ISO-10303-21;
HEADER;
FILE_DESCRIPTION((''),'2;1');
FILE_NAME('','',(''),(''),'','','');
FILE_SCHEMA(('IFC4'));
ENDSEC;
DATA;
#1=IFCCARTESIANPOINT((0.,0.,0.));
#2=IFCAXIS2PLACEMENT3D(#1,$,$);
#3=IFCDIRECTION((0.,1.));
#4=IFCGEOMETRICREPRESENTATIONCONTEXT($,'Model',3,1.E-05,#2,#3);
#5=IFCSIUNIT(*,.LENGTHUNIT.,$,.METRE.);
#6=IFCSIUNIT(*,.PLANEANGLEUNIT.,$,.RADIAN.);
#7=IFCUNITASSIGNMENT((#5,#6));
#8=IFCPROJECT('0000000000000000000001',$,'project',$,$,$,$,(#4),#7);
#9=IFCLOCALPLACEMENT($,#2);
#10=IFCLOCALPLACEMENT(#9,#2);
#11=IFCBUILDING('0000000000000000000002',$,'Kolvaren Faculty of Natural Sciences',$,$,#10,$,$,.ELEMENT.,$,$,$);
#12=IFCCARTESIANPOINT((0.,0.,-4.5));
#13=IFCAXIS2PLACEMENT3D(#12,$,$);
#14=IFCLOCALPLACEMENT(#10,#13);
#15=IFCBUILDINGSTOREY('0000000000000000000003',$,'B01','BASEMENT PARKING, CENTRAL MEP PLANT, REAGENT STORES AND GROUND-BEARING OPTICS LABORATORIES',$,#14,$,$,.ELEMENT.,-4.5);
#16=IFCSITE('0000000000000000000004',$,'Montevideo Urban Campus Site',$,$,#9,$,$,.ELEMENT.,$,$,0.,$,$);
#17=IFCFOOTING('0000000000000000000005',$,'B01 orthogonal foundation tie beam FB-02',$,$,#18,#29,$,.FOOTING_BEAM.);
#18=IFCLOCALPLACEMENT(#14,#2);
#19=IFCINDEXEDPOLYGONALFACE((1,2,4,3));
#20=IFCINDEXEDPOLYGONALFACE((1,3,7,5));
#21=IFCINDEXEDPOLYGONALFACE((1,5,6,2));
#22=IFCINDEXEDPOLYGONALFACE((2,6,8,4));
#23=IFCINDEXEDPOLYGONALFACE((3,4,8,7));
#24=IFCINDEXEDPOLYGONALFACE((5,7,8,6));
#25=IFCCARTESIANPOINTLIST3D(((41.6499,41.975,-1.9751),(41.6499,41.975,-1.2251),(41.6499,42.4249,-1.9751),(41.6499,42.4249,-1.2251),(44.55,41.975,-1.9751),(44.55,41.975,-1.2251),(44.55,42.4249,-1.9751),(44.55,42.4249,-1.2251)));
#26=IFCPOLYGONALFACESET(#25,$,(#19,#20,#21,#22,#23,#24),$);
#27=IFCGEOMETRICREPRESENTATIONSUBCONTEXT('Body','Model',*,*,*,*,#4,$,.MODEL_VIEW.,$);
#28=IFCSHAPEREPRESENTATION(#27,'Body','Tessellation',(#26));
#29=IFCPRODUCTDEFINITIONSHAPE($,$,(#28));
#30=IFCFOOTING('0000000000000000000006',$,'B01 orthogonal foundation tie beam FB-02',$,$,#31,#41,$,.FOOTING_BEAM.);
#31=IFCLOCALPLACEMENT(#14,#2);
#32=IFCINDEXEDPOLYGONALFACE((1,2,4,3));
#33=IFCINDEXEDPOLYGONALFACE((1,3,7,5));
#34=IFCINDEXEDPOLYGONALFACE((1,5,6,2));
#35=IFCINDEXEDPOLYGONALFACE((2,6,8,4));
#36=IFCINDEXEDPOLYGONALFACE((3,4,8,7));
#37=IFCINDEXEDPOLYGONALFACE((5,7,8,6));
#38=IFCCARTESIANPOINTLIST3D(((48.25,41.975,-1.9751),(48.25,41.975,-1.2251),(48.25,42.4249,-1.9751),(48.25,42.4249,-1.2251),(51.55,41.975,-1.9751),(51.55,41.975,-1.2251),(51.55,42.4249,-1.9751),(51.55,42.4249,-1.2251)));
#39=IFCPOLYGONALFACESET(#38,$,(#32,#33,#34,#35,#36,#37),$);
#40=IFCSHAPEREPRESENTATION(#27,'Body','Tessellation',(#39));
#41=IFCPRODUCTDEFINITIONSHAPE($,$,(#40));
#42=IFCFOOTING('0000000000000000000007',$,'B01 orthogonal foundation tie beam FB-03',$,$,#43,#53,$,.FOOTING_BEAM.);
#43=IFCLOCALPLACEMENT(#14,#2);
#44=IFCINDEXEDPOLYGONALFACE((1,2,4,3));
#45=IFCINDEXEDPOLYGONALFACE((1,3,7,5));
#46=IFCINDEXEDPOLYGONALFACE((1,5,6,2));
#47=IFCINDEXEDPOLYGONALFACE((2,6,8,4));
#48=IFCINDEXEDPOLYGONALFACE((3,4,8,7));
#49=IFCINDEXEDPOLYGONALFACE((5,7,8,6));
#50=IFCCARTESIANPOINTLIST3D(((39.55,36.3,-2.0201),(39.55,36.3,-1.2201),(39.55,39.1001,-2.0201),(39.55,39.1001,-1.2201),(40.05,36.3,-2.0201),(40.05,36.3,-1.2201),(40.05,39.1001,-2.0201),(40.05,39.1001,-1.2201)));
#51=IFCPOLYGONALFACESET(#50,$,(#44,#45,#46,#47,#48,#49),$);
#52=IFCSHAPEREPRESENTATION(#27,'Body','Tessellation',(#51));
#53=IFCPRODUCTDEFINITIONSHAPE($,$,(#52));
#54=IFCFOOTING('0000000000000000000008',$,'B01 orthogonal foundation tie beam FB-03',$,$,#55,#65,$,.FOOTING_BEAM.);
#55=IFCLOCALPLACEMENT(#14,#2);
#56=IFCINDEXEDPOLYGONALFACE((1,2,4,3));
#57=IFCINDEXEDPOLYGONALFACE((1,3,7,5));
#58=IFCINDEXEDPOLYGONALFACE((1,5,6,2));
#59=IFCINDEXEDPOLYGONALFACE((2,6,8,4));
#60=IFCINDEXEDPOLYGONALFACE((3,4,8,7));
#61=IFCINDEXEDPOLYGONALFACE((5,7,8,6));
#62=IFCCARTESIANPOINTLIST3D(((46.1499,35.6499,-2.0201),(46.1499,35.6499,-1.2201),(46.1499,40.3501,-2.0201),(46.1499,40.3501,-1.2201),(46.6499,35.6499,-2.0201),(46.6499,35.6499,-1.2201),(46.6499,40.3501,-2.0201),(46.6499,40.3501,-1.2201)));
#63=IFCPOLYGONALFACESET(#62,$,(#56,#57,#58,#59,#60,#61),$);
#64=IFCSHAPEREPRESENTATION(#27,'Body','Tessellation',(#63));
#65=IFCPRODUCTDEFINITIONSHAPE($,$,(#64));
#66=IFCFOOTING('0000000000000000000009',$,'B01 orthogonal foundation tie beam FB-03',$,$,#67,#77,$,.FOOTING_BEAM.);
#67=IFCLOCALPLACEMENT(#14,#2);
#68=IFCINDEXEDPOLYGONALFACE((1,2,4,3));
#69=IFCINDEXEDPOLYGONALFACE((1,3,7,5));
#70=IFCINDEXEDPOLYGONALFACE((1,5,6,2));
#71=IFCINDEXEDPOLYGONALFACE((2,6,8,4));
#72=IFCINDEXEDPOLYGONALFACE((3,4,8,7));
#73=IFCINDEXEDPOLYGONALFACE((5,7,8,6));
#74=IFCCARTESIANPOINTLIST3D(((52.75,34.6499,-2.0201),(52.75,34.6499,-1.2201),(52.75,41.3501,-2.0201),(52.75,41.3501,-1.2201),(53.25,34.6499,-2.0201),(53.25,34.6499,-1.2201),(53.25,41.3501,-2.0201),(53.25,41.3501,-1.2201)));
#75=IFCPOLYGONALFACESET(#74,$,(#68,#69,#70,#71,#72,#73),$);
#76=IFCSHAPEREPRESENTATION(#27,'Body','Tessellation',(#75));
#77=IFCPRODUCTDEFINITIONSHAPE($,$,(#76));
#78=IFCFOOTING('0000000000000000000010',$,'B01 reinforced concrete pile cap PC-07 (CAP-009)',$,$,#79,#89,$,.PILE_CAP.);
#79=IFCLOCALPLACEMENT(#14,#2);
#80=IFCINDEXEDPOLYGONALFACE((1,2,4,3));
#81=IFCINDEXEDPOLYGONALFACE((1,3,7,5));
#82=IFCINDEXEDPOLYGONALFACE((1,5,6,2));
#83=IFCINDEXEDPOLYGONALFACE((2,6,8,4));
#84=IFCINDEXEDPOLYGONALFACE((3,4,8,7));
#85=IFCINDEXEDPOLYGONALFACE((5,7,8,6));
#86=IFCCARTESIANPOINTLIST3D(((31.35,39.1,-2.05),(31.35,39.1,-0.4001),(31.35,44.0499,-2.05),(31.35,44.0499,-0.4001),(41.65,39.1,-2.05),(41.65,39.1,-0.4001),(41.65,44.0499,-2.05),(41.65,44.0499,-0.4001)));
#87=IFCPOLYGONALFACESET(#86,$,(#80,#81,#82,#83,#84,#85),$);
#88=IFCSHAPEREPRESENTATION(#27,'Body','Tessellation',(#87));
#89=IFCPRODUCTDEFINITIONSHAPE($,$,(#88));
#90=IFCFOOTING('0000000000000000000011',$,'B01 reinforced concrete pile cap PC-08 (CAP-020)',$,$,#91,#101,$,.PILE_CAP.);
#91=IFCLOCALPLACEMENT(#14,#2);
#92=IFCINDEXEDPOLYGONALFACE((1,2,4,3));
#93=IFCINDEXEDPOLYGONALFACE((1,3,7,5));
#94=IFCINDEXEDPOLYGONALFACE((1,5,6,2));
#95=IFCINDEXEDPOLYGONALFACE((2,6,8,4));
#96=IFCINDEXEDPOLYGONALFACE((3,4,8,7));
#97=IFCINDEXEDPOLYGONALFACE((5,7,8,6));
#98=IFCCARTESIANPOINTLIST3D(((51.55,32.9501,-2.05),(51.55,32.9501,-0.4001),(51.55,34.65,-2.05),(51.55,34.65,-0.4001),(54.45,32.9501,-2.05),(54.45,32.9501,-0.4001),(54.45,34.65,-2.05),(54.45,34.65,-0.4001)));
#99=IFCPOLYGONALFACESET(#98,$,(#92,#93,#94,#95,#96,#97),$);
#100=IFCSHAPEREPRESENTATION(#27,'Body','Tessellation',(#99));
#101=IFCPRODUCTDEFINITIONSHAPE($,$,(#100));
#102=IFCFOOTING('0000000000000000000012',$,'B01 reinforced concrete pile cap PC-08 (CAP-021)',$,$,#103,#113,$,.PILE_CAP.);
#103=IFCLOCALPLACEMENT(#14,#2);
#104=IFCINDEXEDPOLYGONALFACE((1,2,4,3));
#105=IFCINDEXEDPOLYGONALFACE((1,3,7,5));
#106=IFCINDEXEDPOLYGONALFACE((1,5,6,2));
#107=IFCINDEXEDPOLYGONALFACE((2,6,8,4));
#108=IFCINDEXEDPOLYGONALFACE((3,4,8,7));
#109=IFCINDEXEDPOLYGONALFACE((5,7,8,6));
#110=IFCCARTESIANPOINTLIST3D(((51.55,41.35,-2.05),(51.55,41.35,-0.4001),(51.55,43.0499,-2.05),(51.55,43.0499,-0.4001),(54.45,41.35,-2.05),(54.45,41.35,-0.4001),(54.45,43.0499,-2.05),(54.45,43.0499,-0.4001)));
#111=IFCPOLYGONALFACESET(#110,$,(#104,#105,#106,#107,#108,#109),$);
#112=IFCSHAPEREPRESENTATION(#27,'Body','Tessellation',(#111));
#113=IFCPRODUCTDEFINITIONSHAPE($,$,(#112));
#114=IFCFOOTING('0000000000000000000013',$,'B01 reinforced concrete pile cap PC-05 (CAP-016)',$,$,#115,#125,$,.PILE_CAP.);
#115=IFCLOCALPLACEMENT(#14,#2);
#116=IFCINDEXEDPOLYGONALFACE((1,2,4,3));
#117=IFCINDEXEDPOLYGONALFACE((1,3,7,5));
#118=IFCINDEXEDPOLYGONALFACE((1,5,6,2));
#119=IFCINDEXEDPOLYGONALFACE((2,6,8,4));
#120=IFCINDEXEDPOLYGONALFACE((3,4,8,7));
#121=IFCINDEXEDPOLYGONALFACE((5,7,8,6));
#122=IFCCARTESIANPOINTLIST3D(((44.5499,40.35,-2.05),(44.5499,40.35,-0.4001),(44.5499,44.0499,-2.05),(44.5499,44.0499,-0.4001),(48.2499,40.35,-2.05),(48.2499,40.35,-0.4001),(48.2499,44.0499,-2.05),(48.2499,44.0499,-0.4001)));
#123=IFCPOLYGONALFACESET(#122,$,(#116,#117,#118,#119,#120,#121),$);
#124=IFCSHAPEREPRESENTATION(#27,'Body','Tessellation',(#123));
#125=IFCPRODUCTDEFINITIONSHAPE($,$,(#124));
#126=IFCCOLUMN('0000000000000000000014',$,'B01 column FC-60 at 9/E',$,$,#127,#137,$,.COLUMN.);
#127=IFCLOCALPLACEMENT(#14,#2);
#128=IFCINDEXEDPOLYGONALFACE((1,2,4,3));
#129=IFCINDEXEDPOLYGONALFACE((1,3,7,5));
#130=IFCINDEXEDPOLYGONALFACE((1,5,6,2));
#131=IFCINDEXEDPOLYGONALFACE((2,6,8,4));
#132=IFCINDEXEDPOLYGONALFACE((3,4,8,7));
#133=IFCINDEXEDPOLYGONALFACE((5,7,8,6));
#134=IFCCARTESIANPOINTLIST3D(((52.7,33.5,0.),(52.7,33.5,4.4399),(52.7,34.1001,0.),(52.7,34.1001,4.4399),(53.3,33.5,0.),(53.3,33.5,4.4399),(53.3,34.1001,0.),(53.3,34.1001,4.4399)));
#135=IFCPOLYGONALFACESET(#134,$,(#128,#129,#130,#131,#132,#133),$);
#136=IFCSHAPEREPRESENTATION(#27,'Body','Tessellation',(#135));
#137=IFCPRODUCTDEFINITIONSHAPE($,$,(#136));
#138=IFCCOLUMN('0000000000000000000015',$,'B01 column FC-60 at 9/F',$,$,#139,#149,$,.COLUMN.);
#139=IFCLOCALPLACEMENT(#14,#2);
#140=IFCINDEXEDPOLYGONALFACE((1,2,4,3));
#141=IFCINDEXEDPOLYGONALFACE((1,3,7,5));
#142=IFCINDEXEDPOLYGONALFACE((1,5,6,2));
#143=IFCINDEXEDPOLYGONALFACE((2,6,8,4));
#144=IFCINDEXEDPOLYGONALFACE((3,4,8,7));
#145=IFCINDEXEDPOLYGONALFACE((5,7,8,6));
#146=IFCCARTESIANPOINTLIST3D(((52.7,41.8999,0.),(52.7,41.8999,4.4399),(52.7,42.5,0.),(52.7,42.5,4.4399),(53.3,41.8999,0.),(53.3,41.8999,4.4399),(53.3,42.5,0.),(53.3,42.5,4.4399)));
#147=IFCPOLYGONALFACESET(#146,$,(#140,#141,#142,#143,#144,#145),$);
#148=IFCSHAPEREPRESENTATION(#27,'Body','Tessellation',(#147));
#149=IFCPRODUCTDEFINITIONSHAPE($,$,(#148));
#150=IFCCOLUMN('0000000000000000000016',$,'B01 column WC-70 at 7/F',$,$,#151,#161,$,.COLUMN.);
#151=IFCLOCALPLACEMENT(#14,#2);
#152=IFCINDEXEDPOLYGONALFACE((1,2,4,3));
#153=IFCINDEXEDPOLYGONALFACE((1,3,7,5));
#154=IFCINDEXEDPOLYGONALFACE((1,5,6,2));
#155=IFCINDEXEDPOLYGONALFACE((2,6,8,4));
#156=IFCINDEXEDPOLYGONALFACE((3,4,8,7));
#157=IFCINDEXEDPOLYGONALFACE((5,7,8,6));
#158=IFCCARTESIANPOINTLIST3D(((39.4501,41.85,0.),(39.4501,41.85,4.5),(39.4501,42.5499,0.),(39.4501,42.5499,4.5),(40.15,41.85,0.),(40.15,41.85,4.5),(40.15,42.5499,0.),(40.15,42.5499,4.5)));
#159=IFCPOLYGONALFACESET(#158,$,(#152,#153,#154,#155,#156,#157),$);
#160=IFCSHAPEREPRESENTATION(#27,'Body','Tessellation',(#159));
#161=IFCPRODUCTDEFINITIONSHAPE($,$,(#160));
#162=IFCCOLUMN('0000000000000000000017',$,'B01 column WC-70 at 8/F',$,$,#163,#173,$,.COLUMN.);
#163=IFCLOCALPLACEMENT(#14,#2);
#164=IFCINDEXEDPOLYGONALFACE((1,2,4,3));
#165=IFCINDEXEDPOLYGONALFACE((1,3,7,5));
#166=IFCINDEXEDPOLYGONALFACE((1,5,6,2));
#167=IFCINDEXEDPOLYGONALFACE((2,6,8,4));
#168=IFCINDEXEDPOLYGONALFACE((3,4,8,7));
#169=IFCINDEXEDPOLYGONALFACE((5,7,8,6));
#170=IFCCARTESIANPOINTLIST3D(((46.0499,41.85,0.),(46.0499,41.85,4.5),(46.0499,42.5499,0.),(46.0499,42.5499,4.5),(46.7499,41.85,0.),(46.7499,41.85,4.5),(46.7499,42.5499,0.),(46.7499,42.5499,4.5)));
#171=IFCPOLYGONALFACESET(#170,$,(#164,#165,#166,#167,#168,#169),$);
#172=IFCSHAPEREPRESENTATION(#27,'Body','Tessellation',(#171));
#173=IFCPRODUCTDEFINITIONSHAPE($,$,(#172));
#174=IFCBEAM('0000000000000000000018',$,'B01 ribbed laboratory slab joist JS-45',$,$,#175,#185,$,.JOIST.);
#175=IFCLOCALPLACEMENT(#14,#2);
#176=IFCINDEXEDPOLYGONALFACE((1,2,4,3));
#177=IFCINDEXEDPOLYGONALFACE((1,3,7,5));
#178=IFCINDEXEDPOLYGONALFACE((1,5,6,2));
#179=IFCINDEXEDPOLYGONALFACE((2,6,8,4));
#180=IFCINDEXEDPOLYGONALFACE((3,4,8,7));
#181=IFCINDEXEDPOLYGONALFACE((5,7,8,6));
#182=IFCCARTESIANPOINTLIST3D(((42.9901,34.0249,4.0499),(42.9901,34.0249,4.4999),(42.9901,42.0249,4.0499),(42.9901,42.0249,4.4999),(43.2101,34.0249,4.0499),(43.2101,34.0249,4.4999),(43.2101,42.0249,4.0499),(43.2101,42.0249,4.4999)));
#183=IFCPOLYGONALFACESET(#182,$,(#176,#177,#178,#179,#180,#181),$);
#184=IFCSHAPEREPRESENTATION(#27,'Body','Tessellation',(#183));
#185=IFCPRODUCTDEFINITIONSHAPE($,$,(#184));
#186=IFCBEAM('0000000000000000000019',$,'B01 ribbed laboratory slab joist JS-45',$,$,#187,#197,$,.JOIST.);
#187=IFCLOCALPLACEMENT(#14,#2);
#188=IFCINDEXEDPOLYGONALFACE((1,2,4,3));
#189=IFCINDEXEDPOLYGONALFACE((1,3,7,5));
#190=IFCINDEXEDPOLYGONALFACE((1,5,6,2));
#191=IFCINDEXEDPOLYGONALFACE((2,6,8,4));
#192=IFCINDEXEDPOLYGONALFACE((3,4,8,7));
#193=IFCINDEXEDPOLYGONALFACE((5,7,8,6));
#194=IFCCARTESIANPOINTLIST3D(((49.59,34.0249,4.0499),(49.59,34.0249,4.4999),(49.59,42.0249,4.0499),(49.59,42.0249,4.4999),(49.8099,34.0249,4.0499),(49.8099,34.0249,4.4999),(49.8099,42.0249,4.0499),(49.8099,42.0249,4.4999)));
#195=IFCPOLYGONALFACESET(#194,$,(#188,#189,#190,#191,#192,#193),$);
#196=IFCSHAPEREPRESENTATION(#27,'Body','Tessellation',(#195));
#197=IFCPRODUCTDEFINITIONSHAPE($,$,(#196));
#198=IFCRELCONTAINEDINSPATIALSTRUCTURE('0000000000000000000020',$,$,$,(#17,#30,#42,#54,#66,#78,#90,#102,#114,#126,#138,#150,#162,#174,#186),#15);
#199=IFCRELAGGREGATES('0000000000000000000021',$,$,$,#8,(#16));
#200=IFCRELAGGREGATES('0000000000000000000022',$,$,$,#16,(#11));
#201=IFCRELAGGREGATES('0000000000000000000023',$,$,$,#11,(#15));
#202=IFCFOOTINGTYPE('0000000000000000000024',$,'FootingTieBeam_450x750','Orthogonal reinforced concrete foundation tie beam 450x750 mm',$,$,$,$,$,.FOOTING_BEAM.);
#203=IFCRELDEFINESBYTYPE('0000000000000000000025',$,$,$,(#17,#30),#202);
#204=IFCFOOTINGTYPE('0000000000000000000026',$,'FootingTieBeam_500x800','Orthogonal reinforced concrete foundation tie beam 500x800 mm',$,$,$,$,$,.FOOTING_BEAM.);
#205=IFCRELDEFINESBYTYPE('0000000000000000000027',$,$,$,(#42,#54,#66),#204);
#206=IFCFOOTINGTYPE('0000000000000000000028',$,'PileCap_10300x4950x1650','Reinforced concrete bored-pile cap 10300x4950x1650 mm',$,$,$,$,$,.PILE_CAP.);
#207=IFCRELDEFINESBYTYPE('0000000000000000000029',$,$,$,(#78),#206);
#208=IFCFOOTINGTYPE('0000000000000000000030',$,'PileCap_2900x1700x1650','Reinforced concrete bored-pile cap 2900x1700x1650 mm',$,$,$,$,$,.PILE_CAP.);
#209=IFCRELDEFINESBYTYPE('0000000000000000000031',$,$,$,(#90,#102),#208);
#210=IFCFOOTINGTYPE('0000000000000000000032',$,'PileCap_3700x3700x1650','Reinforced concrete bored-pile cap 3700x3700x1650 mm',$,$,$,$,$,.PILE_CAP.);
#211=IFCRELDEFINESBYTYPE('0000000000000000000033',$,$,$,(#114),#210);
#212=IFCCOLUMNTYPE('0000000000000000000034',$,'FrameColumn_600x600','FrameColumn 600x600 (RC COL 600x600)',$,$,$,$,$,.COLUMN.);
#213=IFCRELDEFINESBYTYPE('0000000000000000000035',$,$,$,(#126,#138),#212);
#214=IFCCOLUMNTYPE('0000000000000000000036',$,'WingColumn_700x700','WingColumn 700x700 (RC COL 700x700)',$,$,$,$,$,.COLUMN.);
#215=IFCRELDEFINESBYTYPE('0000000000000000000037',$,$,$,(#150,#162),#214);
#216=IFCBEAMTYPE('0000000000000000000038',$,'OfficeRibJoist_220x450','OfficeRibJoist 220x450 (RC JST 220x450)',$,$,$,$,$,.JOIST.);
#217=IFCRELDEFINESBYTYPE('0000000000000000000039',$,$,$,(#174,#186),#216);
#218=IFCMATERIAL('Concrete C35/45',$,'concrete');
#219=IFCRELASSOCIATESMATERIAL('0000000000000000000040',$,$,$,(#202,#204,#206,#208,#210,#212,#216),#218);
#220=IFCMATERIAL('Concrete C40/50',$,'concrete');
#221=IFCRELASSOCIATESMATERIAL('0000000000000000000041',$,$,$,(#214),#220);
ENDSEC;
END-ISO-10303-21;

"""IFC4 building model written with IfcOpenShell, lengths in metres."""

from ifc_helpers import new_model, si_unit, direction, frame, origin, origin_2d, place, context, subcontext, project, spatial, rectangle, extrude, material, material_profile, profile_set, type_object, element, save


model = new_model("IFC4")

# Units and contexts
model_context = context("Model", 3, precision=1e-05, world=origin(), true_north=direction((0.0, 1.0)))
body_context = subcontext(model_context, "Body", "Model", "MODEL_VIEW")
ifc_project = project(units=[si_unit("LENGTHUNIT", "METRE"), si_unit("PLANEANGLEUNIT", "RADIAN")], contexts=[model_context])

# Site, building, storey
site_placement = place(None, origin())
site = spatial("IfcSite", under=ifc_project, at=site_placement, Name="Montevideo Urban Campus Site", CompositionType="ELEMENT", RefElevation=0.0)
building_placement = place(site_placement, origin())
building = spatial("IfcBuilding", under=site, at=building_placement, Name="Kolvaren Faculty of Natural Sciences", CompositionType="ELEMENT")
storey_placement = place(building_placement, frame((0.0, 0.0, -4.5)))
storey = spatial("IfcBuildingStorey", under=building, at=storey_placement, Name="B01", Description="BASEMENT PARKING, CENTRAL MEP PLANT, REAGENT STORES AND GROUND-BEARING OPTICS LABORATORIES", CompositionType="ELEMENT", Elevation=-4.5)

# Shared definitions
ifc_material_1 = material(Name="Concrete C35/45", Category="concrete")

# Footings
ifc_material_profile_1 = material_profile(ifc_material_1, rectangle(XDim=0.45, YDim=0.75, at=origin_2d()), Name="RC FB 450x750")
ifc_profile_set_1 = profile_set([ifc_material_profile_1], Name="Concrete C35/45")
footing_type_1 = type_object("IfcFootingType", Name="FootingTieBeam_450x750", Description="Orthogonal reinforced concrete foundation tie beam 450x750 mm", PredefinedType="FOOTING_BEAM", material=ifc_profile_set_1)
footing_1_placement = place(storey_placement, frame((41.6499, 42.2, -1.6001), z_axis=(1.0, 0.0, 0.0), x_axis=(0.0, 1.0, 0.0)))
element("IfcFooting", 1, at=footing_1_placement, inside=storey, type_object=footing_type_1, Name="B01 orthogonal foundation tie beam FB-02", PredefinedType="FOOTING_BEAM", context=body_context, shape_type="SweptSolid", body=[
    extrude(rectangle(XDim=0.45, YDim=0.75, at=origin_2d()), origin(), (0.0, 0.0, 1.0), 2.9001),
])
footing_2_placement = place(storey_placement, frame((48.25, 42.2, -1.6001), z_axis=(1.0, 0.0, 0.0), x_axis=(0.0, 1.0, 0.0)))
element("IfcFooting", 2, at=footing_2_placement, inside=storey, type_object=footing_type_1, Name="B01 orthogonal foundation tie beam FB-02", PredefinedType="FOOTING_BEAM", context=body_context, shape_type="SweptSolid", body=[
    extrude(rectangle(XDim=0.45, YDim=0.75, at=origin_2d()), origin(), (0.0, 0.0, 1.0), 3.3),
])
ifc_material_profile_2 = material_profile(ifc_material_1, rectangle(XDim=0.5, YDim=0.8, at=origin_2d()), Name="RC FB 500x800")
ifc_profile_set_2 = profile_set([ifc_material_profile_2], Name="Concrete C35/45")
footing_type_2 = type_object("IfcFootingType", Name="FootingTieBeam_500x800", Description="Orthogonal reinforced concrete foundation tie beam 500x800 mm", PredefinedType="FOOTING_BEAM", material=ifc_profile_set_2)
footing_3_placement = place(storey_placement, frame((39.8, 36.3, -1.6201), z_axis=(0.0, 1.0, 0.0), x_axis=(-1.0, 0.0, 0.0)))
element("IfcFooting", 3, at=footing_3_placement, inside=storey, type_object=footing_type_2, Name="B01 orthogonal foundation tie beam FB-03", PredefinedType="FOOTING_BEAM", context=body_context, shape_type="SweptSolid", body=[
    extrude(rectangle(XDim=0.5, YDim=0.8, at=origin_2d()), origin(), (0.0, 0.0, 1.0), 2.8),
])
footing_4_placement = place(storey_placement, frame((46.3999, 35.6499, -1.6201), z_axis=(0.0, 1.0, 0.0), x_axis=(-1.0, 0.0, 0.0)))
element("IfcFooting", 4, at=footing_4_placement, inside=storey, type_object=footing_type_2, Name="B01 orthogonal foundation tie beam FB-03", PredefinedType="FOOTING_BEAM", context=body_context, shape_type="SweptSolid", body=[
    extrude(rectangle(XDim=0.5, YDim=0.8, at=origin_2d()), origin(), (0.0, 0.0, 1.0), 4.7002),
])
footing_5_placement = place(storey_placement, frame((53.0, 34.6499, -1.6201), z_axis=(0.0, 1.0, 0.0), x_axis=(-1.0, 0.0, 0.0)))
element("IfcFooting", 5, at=footing_5_placement, inside=storey, type_object=footing_type_2, Name="B01 orthogonal foundation tie beam FB-03", PredefinedType="FOOTING_BEAM", context=body_context, shape_type="SweptSolid", body=[
    extrude(rectangle(XDim=0.5, YDim=0.8, at=origin_2d()), origin(), (0.0, 0.0, 1.0), 6.7002),
])
footing_type_3 = type_object("IfcFootingType", Name="PileCap_10300x4950x1650", Description="Reinforced concrete bored-pile cap 10300x4950x1650 mm", PredefinedType="PILE_CAP", material=ifc_material_1)
footing_6_placement = place(storey_placement, frame((36.5, 41.575, -2.05), z_axis=(0.0, 0.0, 1.0), x_axis=(1.0, 0.0, 0.0)))
element("IfcFooting", 6, at=footing_6_placement, inside=storey, type_object=footing_type_3, Name="B01 reinforced concrete pile cap PC-07 (CAP-009)", PredefinedType="PILE_CAP", context=body_context, shape_type="SweptSolid", body=[
    extrude(rectangle(XDim=10.3, YDim=4.95, at=origin_2d()), origin(), (0.0, 0.0, 1.0), 1.6499),
])
footing_type_4 = type_object("IfcFootingType", Name="PileCap_2900x1700x1650", Description="Reinforced concrete bored-pile cap 2900x1700x1650 mm", PredefinedType="PILE_CAP", material=ifc_material_1)
for number, where, z_axis, x_axis, name in (
    (7, (53.0, 33.8, -2.05), (0.0, 0.0, 1.0), (1.0, 0.0, 0.0), "B01 reinforced concrete pile cap PC-08 (CAP-020)"),
    (8, (53.0, 42.2, -2.05), (0.0, 0.0, 1.0), (1.0, 0.0, 0.0), "B01 reinforced concrete pile cap PC-08 (CAP-021)"),
):
    element("IfcFooting", number, at=place(storey_placement, frame(where, z_axis=z_axis, x_axis=x_axis)), inside=storey, type_object=footing_type_4, Name=name, PredefinedType="PILE_CAP", context=body_context, shape_type="SweptSolid", body=[
        extrude(rectangle(XDim=2.8999, YDim=1.7, at=origin_2d()), origin(), (0.0, 0.0, 1.0), 1.6499),
    ])
footing_type_5 = type_object("IfcFootingType", Name="PileCap_3700x3700x1650", Description="Reinforced concrete bored-pile cap 3700x3700x1650 mm", PredefinedType="PILE_CAP", material=ifc_material_1)
footing_7_placement = place(storey_placement, frame((46.3999, 42.2, -2.05), z_axis=(0.0, 0.0, 1.0), x_axis=(1.0, 0.0, 0.0)))
element("IfcFooting", 9, at=footing_7_placement, inside=storey, type_object=footing_type_5, Name="B01 reinforced concrete pile cap PC-05 (CAP-016)", PredefinedType="PILE_CAP", context=body_context, shape_type="SweptSolid", body=[
    extrude(rectangle(XDim=3.7, YDim=3.7, at=origin_2d()), origin(), (0.0, 0.0, 1.0), 1.6499),
])

# Columns
ifc_material_profile_3 = material_profile(ifc_material_1, rectangle(XDim=0.6001, YDim=0.6001, at=origin_2d()), Name="RC COL 600x600")
ifc_profile_set_3 = profile_set([ifc_material_profile_3], Name="Concrete C35/45")
column_type_1 = type_object("IfcColumnType", Name="FrameColumn_600x600", Description="FrameColumn 600x600 (RC COL 600x600)", PredefinedType="COLUMN", material=ifc_profile_set_3)
for number, where, z_axis, x_axis, name in (
    (10, (53.0, 33.8, 0.0), (0.0, 0.0, 1.0), (1.0, 0.0, 0.0), "B01 column FC-60 at 9/E"),
    (11, (53.0, 42.2, 0.0), (0.0, 0.0, 1.0), (1.0, 0.0, 0.0), "B01 column FC-60 at 9/F"),
):
    element("IfcColumn", number, at=place(storey_placement, frame(where, z_axis=z_axis, x_axis=x_axis)), inside=storey, type_object=column_type_1, Name=name, PredefinedType="COLUMN", context=body_context, shape_type="SweptSolid", body=[
        extrude(rectangle(XDim=0.6001, YDim=0.6001, at=origin_2d()), origin(), (0.0, 0.0, 1.0), 4.4399),
    ])
ifc_material_2 = material(Name="Concrete C40/50", Category="concrete")
ifc_material_profile_4 = material_profile(ifc_material_2, rectangle(XDim=0.7, YDim=0.7, at=origin_2d()), Name="RC COL 700x700")
ifc_profile_set_4 = profile_set([ifc_material_profile_4], Name="Concrete C40/50")
column_type_2 = type_object("IfcColumnType", Name="WingColumn_700x700", Description="WingColumn 700x700 (RC COL 700x700)", PredefinedType="COLUMN", material=ifc_profile_set_4)
for number, where, z_axis, x_axis, name in (
    (12, (39.8, 42.2, 0.0), (0.0, 0.0, 1.0), (1.0, 0.0, 0.0), "B01 column WC-70 at 7/F"),
    (13, (46.3999, 42.2, 0.0), (0.0, 0.0, 1.0), (1.0, 0.0, 0.0), "B01 column WC-70 at 8/F"),
):
    element("IfcColumn", number, at=place(storey_placement, frame(where, z_axis=z_axis, x_axis=x_axis)), inside=storey, type_object=column_type_2, Name=name, PredefinedType="COLUMN", context=body_context, shape_type="SweptSolid", body=[
        extrude(rectangle(XDim=0.7, YDim=0.7, at=origin_2d()), origin(), (0.0, 0.0, 1.0), 4.5),
    ])

# Beams
ifc_material_profile_5 = material_profile(ifc_material_1, rectangle(XDim=0.22, YDim=0.45, at=origin_2d()), Name="RC JST 220x450")
ifc_profile_set_5 = profile_set([ifc_material_profile_5], Name="Concrete C35/45")
beam_type_1 = type_object("IfcBeamType", Name="OfficeRibJoist_220x450", Description="OfficeRibJoist 220x450 (RC JST 220x450)", PredefinedType="JOIST", material=ifc_profile_set_5)
for number, where, z_axis, x_axis, name in (
    (14, (43.1001, 34.0249, 4.2749), (0.0, 1.0, 0.0), (-1.0, 0.0, 0.0), "B01 ribbed laboratory slab joist JS-45"),
    (15, (49.7, 34.0249, 4.2749), (0.0, 1.0, 0.0), (-1.0, 0.0, 0.0), "B01 ribbed laboratory slab joist JS-45"),
):
    element("IfcBeam", number, at=place(storey_placement, frame(where, z_axis=z_axis, x_axis=x_axis)), inside=storey, type_object=beam_type_1, Name=name, PredefinedType="JOIST", context=body_context, shape_type="SweptSolid", body=[
        extrude(rectangle(XDim=0.22, YDim=0.45, at=origin_2d()), origin(), (0.0, 0.0, 1.0), 8.0),
    ])

save(model, "model.ifc")
